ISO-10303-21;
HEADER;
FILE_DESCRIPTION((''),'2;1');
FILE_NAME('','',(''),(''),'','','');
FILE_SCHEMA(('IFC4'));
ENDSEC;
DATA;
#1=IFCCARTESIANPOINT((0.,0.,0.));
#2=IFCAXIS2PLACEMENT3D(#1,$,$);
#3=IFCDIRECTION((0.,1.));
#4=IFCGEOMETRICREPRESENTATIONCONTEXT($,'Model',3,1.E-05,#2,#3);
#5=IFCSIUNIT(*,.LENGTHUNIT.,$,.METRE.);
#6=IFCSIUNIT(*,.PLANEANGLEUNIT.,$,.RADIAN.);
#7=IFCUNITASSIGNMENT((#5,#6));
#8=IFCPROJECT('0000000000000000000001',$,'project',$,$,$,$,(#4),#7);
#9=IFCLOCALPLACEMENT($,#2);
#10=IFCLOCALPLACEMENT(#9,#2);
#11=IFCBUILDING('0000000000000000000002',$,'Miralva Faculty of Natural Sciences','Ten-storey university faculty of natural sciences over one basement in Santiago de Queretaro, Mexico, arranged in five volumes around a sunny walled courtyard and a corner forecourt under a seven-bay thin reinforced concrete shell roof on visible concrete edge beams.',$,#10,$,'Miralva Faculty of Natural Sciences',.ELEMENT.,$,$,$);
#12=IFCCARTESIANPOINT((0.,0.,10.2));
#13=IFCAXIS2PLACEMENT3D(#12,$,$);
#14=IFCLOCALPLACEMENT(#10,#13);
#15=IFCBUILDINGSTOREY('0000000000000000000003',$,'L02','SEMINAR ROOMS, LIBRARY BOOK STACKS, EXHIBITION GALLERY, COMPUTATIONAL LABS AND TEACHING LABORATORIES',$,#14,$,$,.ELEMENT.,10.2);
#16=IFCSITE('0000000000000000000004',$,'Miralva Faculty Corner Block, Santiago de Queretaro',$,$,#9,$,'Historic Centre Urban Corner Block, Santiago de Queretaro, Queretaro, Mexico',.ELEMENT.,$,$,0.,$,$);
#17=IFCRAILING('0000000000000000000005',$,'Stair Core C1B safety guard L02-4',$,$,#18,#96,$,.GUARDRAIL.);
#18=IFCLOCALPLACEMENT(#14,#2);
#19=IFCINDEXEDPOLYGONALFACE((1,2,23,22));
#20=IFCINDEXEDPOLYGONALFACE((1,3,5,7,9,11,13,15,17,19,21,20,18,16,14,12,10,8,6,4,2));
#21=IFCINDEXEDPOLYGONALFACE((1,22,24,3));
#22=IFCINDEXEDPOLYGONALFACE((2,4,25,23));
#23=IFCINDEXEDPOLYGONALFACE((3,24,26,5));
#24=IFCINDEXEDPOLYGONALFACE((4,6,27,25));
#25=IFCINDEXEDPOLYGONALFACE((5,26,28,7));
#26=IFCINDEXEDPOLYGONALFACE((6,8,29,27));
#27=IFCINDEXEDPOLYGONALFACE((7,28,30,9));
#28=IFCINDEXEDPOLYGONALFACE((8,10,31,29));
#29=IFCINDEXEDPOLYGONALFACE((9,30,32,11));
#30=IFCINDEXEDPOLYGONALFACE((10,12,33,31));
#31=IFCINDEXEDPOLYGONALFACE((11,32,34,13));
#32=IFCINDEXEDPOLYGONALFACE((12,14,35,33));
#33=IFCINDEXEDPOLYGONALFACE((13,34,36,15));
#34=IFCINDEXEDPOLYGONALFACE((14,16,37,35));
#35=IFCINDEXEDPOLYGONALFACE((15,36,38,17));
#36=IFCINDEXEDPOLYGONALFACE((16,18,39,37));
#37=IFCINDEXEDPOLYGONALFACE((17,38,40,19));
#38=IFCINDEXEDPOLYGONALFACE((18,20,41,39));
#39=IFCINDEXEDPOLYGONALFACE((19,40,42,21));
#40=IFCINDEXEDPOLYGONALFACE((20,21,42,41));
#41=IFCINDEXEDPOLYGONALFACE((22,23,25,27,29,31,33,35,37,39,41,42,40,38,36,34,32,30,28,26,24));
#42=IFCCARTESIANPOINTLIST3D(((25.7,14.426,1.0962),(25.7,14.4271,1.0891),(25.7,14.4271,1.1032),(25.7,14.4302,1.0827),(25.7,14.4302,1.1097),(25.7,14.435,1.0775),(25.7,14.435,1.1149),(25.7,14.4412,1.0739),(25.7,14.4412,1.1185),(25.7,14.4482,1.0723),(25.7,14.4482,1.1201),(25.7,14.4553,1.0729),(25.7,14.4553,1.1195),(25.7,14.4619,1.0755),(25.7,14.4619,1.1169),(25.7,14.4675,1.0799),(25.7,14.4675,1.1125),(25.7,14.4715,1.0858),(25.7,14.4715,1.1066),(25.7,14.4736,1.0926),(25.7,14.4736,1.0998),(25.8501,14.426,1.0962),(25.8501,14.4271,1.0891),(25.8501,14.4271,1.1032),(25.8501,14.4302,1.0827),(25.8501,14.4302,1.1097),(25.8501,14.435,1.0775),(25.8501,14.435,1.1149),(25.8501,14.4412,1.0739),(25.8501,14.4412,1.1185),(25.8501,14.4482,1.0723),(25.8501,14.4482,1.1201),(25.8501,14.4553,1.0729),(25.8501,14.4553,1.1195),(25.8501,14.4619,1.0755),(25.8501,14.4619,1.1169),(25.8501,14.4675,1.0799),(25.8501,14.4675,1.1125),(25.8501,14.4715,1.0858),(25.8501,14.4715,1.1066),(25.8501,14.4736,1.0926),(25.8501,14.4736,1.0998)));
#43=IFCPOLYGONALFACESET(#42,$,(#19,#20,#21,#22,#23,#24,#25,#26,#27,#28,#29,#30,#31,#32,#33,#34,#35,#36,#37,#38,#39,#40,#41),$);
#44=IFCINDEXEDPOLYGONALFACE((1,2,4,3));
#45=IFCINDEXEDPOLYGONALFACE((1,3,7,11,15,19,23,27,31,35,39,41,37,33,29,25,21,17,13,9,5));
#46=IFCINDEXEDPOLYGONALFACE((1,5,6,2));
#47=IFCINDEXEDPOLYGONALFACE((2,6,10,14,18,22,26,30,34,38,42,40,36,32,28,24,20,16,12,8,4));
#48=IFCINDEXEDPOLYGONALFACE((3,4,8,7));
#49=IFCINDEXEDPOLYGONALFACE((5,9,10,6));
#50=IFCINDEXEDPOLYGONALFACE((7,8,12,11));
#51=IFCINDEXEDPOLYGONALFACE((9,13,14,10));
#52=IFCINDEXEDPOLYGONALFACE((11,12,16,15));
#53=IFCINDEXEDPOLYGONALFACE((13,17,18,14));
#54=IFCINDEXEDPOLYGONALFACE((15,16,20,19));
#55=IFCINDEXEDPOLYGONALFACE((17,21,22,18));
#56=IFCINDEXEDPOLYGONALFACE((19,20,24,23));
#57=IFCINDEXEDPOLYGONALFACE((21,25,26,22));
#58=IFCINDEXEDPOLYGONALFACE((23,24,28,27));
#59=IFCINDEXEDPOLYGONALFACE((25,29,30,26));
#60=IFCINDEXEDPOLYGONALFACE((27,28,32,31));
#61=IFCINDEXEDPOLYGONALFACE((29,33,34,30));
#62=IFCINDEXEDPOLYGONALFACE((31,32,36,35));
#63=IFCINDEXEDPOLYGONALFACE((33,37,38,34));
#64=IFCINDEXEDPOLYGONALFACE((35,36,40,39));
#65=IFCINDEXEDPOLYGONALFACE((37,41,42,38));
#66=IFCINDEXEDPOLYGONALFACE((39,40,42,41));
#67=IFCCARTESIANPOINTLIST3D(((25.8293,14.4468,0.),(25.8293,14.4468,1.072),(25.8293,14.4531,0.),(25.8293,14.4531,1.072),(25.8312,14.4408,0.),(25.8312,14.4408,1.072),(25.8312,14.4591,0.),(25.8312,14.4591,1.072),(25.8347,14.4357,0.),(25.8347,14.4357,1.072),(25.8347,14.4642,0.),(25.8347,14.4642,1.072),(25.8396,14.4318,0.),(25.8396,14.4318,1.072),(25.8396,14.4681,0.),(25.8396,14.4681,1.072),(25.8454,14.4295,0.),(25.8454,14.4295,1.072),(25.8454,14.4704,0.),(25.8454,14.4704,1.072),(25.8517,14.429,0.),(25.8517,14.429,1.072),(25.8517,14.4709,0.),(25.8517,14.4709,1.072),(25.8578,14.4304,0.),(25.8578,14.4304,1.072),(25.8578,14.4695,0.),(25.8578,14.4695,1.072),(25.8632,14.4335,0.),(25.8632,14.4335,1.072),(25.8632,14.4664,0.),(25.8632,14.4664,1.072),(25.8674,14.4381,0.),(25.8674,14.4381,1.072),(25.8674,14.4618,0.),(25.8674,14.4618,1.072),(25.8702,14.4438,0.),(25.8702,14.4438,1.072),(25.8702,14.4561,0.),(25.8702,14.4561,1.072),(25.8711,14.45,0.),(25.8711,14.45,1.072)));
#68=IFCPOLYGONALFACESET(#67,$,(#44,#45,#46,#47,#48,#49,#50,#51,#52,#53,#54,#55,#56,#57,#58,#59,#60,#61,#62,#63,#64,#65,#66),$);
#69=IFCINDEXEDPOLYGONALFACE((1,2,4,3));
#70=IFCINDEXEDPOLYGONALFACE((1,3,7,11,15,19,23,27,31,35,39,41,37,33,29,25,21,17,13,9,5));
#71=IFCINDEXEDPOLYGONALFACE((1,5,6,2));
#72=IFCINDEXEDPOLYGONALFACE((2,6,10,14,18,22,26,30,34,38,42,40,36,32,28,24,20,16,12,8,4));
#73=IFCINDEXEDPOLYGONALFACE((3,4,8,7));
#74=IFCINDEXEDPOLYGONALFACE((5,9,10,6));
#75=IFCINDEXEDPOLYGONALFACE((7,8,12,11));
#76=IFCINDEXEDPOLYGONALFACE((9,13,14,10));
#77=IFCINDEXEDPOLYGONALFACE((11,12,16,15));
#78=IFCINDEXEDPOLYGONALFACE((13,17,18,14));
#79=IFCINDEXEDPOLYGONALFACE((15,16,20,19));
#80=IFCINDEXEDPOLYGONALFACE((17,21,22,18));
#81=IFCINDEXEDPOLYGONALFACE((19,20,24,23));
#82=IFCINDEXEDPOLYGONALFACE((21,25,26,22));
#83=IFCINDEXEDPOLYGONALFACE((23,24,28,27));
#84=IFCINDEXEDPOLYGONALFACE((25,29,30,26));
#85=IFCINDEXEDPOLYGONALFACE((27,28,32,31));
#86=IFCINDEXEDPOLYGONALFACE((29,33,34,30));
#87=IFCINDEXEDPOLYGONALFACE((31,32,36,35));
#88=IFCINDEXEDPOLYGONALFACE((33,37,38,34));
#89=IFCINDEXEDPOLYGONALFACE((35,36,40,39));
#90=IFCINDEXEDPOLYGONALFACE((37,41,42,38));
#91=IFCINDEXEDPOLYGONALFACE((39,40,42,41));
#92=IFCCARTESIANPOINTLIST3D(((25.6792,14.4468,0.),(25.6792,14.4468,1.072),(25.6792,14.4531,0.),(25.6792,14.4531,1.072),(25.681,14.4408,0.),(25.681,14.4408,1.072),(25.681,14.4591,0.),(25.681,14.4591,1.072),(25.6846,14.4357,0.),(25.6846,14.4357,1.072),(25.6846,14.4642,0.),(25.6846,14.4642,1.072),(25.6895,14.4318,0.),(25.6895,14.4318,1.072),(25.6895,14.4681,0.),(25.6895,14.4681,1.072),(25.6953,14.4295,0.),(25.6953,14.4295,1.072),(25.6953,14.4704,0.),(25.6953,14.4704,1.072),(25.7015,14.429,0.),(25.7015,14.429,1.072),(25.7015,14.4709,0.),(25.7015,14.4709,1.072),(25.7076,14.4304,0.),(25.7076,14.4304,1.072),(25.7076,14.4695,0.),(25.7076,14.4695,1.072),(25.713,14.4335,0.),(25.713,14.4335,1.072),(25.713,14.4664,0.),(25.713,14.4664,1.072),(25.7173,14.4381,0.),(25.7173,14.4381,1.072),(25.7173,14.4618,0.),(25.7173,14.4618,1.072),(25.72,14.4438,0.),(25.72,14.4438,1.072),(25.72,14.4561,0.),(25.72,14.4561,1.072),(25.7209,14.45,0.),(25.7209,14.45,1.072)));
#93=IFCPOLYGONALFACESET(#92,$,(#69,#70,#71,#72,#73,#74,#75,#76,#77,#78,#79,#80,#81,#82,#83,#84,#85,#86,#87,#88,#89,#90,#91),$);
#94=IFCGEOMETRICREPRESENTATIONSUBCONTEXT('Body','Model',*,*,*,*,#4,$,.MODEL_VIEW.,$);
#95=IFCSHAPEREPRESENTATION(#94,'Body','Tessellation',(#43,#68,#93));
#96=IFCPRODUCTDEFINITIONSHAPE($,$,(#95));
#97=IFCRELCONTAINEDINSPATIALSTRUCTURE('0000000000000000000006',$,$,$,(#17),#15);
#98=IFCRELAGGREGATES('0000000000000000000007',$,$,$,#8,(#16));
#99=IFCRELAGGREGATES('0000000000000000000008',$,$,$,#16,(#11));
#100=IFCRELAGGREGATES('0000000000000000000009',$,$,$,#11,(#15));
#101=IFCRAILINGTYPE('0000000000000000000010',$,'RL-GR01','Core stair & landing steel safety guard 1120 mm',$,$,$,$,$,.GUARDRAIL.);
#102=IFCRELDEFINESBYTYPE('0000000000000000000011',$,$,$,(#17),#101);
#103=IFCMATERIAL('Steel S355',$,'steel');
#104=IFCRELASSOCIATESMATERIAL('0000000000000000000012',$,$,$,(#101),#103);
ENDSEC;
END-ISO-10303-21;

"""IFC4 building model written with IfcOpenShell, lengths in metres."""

from ifc_helpers import new_model, si_unit, direction, frame, origin, origin_2d, place, context, subcontext, project, spatial, circle, extrude, material, type_object, element, save


model = new_model("IFC4")

# Units and contexts
model_context = context("Model", 3, precision=1e-05, world=origin(), true_north=direction((0.0, 1.0)))
body_context = subcontext(model_context, "Body", "Model", "MODEL_VIEW")
ifc_project = project(units=[si_unit("LENGTHUNIT", "METRE"), si_unit("PLANEANGLEUNIT", "RADIAN")], contexts=[model_context])

# Site, building, storey
site_placement = place(None, origin())
site = spatial("IfcSite", under=ifc_project, at=site_placement, Name="Miralva Faculty Corner Block, Santiago de Queretaro", LongName="Historic Centre Urban Corner Block, Santiago de Queretaro, Queretaro, Mexico", CompositionType="ELEMENT", RefElevation=0.0)
building_placement = place(site_placement, origin())
building = spatial("IfcBuilding", under=site, at=building_placement, Name="Miralva Faculty of Natural Sciences", Description="Ten-storey university faculty of natural sciences over one basement in Santiago de Queretaro, Mexico, arranged in five volumes around a sunny walled courtyard and a corner forecourt under a seven-bay thin reinforced concrete shell roof on visible concrete edge beams.", LongName="Miralva Faculty of Natural Sciences", CompositionType="ELEMENT")
storey_placement = place(building_placement, frame((0.0, 0.0, 10.2)))
storey = spatial("IfcBuildingStorey", under=building, at=storey_placement, Name="L02", Description="SEMINAR ROOMS, LIBRARY BOOK STACKS, EXHIBITION GALLERY, COMPUTATIONAL LABS AND TEACHING LABORATORIES", CompositionType="ELEMENT", Elevation=10.2)

# Railing
ifc_material_1 = material(Name="Steel S355", Category="steel")
railing_type_1 = type_object("IfcRailingType", Name="RL-GR01", Description="Core stair & landing steel safety guard 1120 mm", PredefinedType="GUARDRAIL", material=ifc_material_1)
railing_1_placement = place(storey_placement, frame((25.8501, 14.45, 0.0)))
element("IfcRailing", 1, at=railing_1_placement, inside=storey, type_object=railing_type_1, Name="Stair Core C1B safety guard L02-4", PredefinedType="GUARDRAIL", context=body_context, shape_type="SweptSolid", body=[
    extrude(circle(Radius=0.0239, at=origin_2d()), frame((0.0, 0.0, 1.0962), z_axis=(-1.0, 0.0, 0.0), x_axis=(0.0, -1.0, 0.0)), (0.0, 0.0, 1.0), 0.1501),
    extrude(circle(Radius=0.021, at=origin_2d()), origin(), (0.0, 0.0, 1.0), 1.072),
    extrude(circle(Radius=0.021, at=origin_2d()), frame((-0.1501, 0.0, 0.0)), (0.0, 0.0, 1.0), 1.072),
])

save(model, "model.ifc")
